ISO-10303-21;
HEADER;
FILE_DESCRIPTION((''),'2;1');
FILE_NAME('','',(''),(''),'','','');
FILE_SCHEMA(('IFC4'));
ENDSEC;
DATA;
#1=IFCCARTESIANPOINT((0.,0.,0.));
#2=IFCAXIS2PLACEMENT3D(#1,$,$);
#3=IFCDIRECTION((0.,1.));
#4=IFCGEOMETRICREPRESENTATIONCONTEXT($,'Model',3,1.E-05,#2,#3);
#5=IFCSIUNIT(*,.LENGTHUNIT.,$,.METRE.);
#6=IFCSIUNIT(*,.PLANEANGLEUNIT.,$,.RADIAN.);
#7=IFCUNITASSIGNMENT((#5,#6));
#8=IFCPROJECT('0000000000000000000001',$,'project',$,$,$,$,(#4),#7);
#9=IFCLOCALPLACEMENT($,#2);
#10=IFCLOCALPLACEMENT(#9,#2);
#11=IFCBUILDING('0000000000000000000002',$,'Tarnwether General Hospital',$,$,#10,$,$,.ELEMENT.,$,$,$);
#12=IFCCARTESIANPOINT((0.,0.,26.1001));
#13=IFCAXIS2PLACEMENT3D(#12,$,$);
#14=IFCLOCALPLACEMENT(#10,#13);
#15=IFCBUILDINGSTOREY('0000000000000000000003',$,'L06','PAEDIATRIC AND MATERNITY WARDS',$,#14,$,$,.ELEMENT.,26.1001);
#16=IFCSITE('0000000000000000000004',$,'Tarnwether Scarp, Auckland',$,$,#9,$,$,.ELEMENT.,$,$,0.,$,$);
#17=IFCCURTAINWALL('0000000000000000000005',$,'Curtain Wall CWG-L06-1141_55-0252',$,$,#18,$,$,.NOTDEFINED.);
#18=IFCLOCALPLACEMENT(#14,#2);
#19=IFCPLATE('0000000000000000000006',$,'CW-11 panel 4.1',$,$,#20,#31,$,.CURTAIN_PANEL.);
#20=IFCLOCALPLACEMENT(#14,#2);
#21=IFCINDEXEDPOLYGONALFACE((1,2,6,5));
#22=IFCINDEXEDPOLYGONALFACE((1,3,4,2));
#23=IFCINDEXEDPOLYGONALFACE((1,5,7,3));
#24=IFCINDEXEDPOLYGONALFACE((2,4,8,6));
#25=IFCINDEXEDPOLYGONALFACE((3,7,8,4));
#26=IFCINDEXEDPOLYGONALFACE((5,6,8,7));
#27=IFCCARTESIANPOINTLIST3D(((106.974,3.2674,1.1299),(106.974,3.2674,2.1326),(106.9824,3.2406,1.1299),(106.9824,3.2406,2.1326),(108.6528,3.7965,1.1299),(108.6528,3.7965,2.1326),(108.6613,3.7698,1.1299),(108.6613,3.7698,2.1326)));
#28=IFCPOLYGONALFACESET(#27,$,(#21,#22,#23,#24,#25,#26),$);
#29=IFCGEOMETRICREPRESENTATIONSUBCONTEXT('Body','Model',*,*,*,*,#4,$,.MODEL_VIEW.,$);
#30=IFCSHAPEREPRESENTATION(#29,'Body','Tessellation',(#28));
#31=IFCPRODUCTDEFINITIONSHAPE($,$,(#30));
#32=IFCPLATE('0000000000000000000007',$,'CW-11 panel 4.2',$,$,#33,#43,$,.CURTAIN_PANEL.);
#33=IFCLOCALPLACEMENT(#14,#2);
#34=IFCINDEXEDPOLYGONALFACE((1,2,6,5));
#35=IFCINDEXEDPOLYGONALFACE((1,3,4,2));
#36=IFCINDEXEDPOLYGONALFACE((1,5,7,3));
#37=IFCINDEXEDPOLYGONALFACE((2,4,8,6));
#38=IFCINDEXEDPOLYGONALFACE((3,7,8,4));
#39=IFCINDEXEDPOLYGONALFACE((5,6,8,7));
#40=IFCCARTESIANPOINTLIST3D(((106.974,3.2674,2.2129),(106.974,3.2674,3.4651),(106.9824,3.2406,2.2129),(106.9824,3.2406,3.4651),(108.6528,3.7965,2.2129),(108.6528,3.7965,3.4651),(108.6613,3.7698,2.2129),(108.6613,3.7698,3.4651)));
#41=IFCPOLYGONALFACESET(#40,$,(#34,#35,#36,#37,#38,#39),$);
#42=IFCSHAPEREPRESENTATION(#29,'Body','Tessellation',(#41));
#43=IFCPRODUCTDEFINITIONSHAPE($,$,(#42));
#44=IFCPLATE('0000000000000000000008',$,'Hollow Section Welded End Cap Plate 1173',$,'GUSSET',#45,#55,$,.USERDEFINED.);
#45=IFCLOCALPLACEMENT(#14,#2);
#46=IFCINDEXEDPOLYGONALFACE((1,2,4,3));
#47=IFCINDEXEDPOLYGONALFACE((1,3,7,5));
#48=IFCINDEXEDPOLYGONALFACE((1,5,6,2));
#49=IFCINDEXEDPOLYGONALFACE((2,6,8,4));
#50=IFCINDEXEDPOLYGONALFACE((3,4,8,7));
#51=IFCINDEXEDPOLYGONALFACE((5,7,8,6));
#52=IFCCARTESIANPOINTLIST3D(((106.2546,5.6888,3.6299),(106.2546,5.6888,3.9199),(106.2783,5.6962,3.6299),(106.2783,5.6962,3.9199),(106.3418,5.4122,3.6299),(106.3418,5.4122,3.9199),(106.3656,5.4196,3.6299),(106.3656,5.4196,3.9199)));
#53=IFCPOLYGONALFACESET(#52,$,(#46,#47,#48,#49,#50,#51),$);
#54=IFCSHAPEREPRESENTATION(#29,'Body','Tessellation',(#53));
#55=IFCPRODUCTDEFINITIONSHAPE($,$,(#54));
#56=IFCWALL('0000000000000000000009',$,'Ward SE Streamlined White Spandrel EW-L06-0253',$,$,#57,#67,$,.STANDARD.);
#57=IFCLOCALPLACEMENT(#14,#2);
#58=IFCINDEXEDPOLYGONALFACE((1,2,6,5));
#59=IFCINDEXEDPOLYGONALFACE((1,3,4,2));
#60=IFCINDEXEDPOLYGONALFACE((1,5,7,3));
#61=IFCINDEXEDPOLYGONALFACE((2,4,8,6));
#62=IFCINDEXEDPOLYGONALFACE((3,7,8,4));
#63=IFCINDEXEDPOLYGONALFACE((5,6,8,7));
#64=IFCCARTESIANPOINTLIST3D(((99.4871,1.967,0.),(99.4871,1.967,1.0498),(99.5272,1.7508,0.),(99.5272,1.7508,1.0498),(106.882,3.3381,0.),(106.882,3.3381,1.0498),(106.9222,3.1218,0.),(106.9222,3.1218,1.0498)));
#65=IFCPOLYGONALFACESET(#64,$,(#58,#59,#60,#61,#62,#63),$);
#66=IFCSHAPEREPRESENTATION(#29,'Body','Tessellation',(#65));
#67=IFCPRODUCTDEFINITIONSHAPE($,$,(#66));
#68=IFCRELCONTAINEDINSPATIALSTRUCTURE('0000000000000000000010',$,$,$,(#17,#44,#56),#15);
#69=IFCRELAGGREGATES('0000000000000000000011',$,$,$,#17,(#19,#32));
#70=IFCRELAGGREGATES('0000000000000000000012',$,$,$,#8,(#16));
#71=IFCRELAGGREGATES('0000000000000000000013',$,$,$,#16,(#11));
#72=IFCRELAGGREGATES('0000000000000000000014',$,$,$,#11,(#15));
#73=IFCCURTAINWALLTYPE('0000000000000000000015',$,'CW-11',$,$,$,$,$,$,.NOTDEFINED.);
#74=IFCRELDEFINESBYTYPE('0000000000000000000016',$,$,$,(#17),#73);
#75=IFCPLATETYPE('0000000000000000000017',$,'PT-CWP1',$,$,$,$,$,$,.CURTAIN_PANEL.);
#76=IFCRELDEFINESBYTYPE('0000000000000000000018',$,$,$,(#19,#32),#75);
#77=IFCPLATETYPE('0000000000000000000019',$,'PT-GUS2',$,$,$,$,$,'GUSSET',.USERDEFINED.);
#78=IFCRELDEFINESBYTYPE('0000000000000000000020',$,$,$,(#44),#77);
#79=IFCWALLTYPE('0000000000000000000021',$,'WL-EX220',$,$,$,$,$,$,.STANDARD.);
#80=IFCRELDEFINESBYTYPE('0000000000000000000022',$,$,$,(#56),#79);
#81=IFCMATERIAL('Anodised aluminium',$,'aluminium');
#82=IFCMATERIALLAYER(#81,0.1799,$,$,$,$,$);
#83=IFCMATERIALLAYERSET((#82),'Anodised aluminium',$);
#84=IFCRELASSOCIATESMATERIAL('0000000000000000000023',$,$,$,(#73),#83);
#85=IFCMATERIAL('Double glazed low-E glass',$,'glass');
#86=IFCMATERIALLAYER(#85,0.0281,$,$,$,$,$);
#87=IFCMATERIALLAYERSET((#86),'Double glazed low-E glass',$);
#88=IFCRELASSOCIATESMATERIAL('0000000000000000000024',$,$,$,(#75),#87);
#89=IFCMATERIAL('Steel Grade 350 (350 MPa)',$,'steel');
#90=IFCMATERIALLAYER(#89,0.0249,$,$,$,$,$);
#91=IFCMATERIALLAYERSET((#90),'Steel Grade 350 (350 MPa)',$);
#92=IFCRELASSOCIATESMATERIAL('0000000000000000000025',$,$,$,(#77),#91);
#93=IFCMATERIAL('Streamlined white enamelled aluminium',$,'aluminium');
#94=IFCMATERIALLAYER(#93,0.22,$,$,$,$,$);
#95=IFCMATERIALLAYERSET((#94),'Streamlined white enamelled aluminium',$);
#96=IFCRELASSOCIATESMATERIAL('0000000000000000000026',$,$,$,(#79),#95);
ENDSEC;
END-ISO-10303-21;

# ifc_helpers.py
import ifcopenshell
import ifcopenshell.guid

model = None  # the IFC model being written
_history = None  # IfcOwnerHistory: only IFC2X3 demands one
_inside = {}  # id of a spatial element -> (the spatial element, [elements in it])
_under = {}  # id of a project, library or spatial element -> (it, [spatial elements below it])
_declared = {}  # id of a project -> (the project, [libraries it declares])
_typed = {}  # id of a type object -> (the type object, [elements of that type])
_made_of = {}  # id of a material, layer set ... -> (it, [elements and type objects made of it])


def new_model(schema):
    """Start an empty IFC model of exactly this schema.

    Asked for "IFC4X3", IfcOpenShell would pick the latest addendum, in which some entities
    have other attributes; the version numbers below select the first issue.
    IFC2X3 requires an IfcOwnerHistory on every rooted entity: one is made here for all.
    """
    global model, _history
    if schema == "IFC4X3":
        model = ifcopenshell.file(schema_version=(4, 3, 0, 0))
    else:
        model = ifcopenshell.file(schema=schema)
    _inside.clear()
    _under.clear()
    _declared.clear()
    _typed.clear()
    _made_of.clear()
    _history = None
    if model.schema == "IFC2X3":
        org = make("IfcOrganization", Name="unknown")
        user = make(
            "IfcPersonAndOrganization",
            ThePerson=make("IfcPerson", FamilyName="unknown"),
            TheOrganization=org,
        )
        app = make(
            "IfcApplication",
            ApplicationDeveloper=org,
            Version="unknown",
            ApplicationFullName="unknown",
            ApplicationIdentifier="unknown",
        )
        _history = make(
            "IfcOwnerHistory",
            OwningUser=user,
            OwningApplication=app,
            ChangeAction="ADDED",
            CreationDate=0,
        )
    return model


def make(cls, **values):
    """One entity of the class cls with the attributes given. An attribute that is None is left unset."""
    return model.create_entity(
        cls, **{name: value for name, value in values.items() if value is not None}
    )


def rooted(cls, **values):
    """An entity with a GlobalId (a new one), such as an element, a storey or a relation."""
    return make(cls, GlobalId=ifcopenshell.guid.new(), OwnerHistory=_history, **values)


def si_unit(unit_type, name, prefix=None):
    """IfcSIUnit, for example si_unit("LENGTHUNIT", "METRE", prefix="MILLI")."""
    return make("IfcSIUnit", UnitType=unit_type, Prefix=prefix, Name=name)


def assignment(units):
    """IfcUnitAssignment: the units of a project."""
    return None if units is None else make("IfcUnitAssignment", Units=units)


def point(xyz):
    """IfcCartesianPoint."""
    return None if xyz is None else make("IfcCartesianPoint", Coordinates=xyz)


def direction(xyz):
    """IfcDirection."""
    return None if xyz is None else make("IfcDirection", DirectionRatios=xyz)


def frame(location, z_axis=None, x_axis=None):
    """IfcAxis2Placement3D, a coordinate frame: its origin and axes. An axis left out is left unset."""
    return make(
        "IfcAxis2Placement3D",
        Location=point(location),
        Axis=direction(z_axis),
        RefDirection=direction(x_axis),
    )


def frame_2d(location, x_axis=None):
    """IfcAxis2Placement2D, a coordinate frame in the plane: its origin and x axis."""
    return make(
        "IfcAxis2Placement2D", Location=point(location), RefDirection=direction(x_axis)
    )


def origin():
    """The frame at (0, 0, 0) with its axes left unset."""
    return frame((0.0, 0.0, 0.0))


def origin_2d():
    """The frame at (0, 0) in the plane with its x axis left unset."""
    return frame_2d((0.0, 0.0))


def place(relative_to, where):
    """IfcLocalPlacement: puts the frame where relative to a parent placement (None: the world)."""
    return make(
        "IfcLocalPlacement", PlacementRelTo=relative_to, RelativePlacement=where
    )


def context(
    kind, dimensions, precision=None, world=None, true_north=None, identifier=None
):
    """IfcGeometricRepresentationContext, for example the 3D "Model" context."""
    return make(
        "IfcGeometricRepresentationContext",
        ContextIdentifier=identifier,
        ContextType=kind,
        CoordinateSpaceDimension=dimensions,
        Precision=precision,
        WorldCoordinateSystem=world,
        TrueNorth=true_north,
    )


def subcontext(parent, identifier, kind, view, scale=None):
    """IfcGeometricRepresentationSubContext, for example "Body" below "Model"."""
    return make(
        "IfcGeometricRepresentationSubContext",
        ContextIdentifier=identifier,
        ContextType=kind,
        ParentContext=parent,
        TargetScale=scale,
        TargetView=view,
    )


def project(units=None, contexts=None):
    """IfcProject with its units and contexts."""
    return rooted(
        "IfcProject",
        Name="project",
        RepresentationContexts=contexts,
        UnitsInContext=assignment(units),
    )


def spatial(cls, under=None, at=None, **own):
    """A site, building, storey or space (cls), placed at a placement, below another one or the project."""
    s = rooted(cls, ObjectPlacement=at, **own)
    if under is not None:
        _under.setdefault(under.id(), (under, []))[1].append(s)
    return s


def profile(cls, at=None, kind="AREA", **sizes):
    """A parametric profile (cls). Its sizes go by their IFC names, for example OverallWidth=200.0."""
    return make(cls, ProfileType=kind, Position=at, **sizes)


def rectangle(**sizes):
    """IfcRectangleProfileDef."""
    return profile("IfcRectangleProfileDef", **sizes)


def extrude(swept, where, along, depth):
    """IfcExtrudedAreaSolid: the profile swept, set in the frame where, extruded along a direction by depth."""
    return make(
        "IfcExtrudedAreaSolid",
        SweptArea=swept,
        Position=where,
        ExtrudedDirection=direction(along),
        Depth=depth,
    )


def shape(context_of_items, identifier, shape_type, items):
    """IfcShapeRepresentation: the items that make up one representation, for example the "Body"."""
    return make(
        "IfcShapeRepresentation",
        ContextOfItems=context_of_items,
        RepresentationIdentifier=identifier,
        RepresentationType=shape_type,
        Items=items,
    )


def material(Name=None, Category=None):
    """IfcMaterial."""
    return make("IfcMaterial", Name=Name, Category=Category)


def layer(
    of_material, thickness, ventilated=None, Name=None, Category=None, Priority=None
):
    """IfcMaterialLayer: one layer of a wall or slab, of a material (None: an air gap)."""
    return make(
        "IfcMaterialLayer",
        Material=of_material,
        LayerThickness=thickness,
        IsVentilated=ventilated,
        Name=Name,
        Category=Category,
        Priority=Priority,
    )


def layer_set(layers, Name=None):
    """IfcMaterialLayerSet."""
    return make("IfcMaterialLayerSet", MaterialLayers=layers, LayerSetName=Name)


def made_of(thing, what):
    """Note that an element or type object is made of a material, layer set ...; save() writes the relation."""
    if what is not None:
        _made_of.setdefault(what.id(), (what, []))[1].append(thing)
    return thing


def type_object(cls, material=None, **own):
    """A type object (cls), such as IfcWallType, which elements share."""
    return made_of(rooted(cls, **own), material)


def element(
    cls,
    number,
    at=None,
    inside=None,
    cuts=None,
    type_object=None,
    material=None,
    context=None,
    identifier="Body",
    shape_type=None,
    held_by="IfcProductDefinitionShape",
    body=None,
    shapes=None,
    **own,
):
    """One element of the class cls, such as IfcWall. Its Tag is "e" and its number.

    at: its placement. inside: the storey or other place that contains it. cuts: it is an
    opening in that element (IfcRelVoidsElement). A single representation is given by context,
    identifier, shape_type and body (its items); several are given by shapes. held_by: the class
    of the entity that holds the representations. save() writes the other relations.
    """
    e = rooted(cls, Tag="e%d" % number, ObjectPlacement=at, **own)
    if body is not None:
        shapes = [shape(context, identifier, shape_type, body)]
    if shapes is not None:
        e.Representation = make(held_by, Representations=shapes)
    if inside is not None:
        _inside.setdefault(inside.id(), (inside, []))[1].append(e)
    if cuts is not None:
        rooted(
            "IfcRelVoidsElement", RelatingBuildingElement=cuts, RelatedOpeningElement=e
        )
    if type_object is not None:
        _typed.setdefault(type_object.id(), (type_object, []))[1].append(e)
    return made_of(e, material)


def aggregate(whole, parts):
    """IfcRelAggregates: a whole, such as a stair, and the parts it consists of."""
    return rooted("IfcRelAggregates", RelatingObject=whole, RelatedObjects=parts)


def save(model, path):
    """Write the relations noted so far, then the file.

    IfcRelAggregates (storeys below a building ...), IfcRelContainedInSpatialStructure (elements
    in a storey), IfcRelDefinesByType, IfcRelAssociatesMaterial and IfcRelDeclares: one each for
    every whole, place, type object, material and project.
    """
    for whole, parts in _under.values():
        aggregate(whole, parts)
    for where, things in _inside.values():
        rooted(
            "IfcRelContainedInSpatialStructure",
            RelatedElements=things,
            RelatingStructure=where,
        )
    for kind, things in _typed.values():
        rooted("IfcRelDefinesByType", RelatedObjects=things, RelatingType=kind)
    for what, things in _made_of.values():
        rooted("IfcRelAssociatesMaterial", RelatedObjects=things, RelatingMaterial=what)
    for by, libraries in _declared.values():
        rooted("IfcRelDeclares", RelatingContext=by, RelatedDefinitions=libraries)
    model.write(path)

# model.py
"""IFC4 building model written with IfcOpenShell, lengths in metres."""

from ifc_helpers import new_model, si_unit, direction, frame, frame_2d, origin, origin_2d, place, context, subcontext, project, spatial, rectangle, extrude, material, layer, layer_set, type_object, element, aggregate, save


model = new_model("IFC4")

# Units and contexts
model_context = context("Model", 3, precision=1e-05, world=origin(), true_north=direction((0.0, 1.0)))
body_context = subcontext(model_context, "Body", "Model", "MODEL_VIEW")
ifc_project = project(units=[si_unit("LENGTHUNIT", "METRE"), si_unit("PLANEANGLEUNIT", "RADIAN")], contexts=[model_context])

# Site, building, storey
site_placement = place(None, origin())
site = spatial("IfcSite", under=ifc_project, at=site_placement, Name="Tarnwether Scarp, Auckland", CompositionType="ELEMENT", RefElevation=0.0)
building_placement = place(site_placement, origin())
building = spatial("IfcBuilding", under=site, at=building_placement, Name="Tarnwether General Hospital", CompositionType="ELEMENT")
storey_placement = place(building_placement, frame((0.0, 0.0, 26.1001)))
storey = spatial("IfcBuildingStorey", under=building, at=storey_placement, Name="L06", Description="PAEDIATRIC AND MATERNITY WARDS", CompositionType="ELEMENT", Elevation=26.1001)

# Shared definitions
ifc_material_1 = material(Name="Anodised aluminium", Category="aluminium")
ifc_layer_1 = layer(ifc_material_1, 0.1799)
ifc_layer_set_1 = layer_set([ifc_layer_1], Name="Anodised aluminium")
curtain_wall_type = type_object("IfcCurtainWallType", Name="CW-11", PredefinedType="NOTDEFINED", material=ifc_layer_set_1)

# Curtain wall, plates
curtain_wall_1_placement = place(storey_placement, origin())
curtain_wall_1 = element("IfcCurtainWall", 1, at=curtain_wall_1_placement, inside=storey, type_object=curtain_wall_type, Name="Curtain Wall CWG-L06-1141_55-0252", PredefinedType="NOTDEFINED")
ifc_material_2 = material(Name="Double glazed low-E glass", Category="glass")
ifc_layer_2 = layer(ifc_material_2, 0.0281)
ifc_layer_set_2 = layer_set([ifc_layer_2], Name="Double glazed low-E glass")
plate_type_1 = type_object("IfcPlateType", Name="PT-CWP1", PredefinedType="CURTAIN_PANEL", material=ifc_layer_set_2)
plate_1_placement = place(storey_placement, frame((107.8176, 3.5186, 1.1299), z_axis=(0.0, 0.0, 1.0), x_axis=(-0.953741, -0.300629, 0.0)))
plate_1 = element("IfcPlate", 2, at=plate_1_placement, type_object=plate_type_1, Name="CW-11 panel 4.1", PredefinedType="CURTAIN_PANEL", context=body_context, shape_type="SweptSolid", body=[
    extrude(rectangle(XDim=1.7603, YDim=0.0281, at=origin_2d()), origin(), (0.0, 0.0, 1.0), 1.0027),
])
plate_2_placement = place(storey_placement, frame((107.8176, 3.5186, 2.2129), z_axis=(0.0, 0.0, 1.0), x_axis=(-0.953741, -0.300629, 0.0)))
plate_2 = element("IfcPlate", 3, at=plate_2_placement, type_object=plate_type_1, Name="CW-11 panel 4.2", PredefinedType="CURTAIN_PANEL", context=body_context, shape_type="SweptSolid", body=[
    extrude(rectangle(XDim=1.7603, YDim=0.0281, at=origin_2d()), origin(), (0.0, 0.0, 1.0), 1.2522),
])
aggregate(curtain_wall_1, [plate_1, plate_2])

# Plate
ifc_material_3 = material(Name="Steel Grade 350 (350 MPa)", Category="steel")
ifc_layer_3 = layer(ifc_material_3, 0.0249)
ifc_layer_set_3 = layer_set([ifc_layer_3], Name="Steel Grade 350 (350 MPa)")
plate_type_2 = type_object("IfcPlateType", Name="PT-GUS2", ElementType="GUSSET", PredefinedType="USERDEFINED", material=ifc_layer_set_3)
plate_3_placement = place(storey_placement, frame((106.3101, 5.5542, 3.6299), z_axis=(0.0, 0.0, 1.0), x_axis=(0.953691, 0.300789, 0.0)))
element("IfcPlate", 4, at=plate_3_placement, inside=storey, type_object=plate_type_2, Name="Hollow Section Welded End Cap Plate 1173", ObjectType="GUSSET", PredefinedType="USERDEFINED", context=body_context, shape_type="SweptSolid", body=[
    extrude(rectangle(XDim=0.0249, YDim=0.29, at=origin_2d()), origin(), (0.0, 0.0, 1.0), 0.29),
])

# Wall
ifc_material_4 = material(Name="Streamlined white enamelled aluminium", Category="aluminium")
ifc_layer_4 = layer(ifc_material_4, 0.22)
ifc_layer_set_4 = layer_set([ifc_layer_4], Name="Streamlined white enamelled aluminium")
wall_type = type_object("IfcWallType", Name="WL-EX220", PredefinedType="STANDARD", material=ifc_layer_set_4)
wall_placement = place(storey_placement, frame((106.9021, 3.23, 0.0), z_axis=(0.0, 0.0, 1.0), x_axis=(-0.983243, -0.182301, 0.0)))
element("IfcWall", 5, at=wall_placement, inside=storey, type_object=wall_type, Name="Ward SE Streamlined White Spandrel EW-L06-0253", PredefinedType="STANDARD", context=body_context, shape_type="SweptSolid", body=[
    extrude(rectangle(XDim=7.521, YDim=0.22, at=frame_2d((3.7605, 0.0))), origin(), (0.0, 0.0, 1.0), 1.0498),
])

save(model, "model.ifc")
